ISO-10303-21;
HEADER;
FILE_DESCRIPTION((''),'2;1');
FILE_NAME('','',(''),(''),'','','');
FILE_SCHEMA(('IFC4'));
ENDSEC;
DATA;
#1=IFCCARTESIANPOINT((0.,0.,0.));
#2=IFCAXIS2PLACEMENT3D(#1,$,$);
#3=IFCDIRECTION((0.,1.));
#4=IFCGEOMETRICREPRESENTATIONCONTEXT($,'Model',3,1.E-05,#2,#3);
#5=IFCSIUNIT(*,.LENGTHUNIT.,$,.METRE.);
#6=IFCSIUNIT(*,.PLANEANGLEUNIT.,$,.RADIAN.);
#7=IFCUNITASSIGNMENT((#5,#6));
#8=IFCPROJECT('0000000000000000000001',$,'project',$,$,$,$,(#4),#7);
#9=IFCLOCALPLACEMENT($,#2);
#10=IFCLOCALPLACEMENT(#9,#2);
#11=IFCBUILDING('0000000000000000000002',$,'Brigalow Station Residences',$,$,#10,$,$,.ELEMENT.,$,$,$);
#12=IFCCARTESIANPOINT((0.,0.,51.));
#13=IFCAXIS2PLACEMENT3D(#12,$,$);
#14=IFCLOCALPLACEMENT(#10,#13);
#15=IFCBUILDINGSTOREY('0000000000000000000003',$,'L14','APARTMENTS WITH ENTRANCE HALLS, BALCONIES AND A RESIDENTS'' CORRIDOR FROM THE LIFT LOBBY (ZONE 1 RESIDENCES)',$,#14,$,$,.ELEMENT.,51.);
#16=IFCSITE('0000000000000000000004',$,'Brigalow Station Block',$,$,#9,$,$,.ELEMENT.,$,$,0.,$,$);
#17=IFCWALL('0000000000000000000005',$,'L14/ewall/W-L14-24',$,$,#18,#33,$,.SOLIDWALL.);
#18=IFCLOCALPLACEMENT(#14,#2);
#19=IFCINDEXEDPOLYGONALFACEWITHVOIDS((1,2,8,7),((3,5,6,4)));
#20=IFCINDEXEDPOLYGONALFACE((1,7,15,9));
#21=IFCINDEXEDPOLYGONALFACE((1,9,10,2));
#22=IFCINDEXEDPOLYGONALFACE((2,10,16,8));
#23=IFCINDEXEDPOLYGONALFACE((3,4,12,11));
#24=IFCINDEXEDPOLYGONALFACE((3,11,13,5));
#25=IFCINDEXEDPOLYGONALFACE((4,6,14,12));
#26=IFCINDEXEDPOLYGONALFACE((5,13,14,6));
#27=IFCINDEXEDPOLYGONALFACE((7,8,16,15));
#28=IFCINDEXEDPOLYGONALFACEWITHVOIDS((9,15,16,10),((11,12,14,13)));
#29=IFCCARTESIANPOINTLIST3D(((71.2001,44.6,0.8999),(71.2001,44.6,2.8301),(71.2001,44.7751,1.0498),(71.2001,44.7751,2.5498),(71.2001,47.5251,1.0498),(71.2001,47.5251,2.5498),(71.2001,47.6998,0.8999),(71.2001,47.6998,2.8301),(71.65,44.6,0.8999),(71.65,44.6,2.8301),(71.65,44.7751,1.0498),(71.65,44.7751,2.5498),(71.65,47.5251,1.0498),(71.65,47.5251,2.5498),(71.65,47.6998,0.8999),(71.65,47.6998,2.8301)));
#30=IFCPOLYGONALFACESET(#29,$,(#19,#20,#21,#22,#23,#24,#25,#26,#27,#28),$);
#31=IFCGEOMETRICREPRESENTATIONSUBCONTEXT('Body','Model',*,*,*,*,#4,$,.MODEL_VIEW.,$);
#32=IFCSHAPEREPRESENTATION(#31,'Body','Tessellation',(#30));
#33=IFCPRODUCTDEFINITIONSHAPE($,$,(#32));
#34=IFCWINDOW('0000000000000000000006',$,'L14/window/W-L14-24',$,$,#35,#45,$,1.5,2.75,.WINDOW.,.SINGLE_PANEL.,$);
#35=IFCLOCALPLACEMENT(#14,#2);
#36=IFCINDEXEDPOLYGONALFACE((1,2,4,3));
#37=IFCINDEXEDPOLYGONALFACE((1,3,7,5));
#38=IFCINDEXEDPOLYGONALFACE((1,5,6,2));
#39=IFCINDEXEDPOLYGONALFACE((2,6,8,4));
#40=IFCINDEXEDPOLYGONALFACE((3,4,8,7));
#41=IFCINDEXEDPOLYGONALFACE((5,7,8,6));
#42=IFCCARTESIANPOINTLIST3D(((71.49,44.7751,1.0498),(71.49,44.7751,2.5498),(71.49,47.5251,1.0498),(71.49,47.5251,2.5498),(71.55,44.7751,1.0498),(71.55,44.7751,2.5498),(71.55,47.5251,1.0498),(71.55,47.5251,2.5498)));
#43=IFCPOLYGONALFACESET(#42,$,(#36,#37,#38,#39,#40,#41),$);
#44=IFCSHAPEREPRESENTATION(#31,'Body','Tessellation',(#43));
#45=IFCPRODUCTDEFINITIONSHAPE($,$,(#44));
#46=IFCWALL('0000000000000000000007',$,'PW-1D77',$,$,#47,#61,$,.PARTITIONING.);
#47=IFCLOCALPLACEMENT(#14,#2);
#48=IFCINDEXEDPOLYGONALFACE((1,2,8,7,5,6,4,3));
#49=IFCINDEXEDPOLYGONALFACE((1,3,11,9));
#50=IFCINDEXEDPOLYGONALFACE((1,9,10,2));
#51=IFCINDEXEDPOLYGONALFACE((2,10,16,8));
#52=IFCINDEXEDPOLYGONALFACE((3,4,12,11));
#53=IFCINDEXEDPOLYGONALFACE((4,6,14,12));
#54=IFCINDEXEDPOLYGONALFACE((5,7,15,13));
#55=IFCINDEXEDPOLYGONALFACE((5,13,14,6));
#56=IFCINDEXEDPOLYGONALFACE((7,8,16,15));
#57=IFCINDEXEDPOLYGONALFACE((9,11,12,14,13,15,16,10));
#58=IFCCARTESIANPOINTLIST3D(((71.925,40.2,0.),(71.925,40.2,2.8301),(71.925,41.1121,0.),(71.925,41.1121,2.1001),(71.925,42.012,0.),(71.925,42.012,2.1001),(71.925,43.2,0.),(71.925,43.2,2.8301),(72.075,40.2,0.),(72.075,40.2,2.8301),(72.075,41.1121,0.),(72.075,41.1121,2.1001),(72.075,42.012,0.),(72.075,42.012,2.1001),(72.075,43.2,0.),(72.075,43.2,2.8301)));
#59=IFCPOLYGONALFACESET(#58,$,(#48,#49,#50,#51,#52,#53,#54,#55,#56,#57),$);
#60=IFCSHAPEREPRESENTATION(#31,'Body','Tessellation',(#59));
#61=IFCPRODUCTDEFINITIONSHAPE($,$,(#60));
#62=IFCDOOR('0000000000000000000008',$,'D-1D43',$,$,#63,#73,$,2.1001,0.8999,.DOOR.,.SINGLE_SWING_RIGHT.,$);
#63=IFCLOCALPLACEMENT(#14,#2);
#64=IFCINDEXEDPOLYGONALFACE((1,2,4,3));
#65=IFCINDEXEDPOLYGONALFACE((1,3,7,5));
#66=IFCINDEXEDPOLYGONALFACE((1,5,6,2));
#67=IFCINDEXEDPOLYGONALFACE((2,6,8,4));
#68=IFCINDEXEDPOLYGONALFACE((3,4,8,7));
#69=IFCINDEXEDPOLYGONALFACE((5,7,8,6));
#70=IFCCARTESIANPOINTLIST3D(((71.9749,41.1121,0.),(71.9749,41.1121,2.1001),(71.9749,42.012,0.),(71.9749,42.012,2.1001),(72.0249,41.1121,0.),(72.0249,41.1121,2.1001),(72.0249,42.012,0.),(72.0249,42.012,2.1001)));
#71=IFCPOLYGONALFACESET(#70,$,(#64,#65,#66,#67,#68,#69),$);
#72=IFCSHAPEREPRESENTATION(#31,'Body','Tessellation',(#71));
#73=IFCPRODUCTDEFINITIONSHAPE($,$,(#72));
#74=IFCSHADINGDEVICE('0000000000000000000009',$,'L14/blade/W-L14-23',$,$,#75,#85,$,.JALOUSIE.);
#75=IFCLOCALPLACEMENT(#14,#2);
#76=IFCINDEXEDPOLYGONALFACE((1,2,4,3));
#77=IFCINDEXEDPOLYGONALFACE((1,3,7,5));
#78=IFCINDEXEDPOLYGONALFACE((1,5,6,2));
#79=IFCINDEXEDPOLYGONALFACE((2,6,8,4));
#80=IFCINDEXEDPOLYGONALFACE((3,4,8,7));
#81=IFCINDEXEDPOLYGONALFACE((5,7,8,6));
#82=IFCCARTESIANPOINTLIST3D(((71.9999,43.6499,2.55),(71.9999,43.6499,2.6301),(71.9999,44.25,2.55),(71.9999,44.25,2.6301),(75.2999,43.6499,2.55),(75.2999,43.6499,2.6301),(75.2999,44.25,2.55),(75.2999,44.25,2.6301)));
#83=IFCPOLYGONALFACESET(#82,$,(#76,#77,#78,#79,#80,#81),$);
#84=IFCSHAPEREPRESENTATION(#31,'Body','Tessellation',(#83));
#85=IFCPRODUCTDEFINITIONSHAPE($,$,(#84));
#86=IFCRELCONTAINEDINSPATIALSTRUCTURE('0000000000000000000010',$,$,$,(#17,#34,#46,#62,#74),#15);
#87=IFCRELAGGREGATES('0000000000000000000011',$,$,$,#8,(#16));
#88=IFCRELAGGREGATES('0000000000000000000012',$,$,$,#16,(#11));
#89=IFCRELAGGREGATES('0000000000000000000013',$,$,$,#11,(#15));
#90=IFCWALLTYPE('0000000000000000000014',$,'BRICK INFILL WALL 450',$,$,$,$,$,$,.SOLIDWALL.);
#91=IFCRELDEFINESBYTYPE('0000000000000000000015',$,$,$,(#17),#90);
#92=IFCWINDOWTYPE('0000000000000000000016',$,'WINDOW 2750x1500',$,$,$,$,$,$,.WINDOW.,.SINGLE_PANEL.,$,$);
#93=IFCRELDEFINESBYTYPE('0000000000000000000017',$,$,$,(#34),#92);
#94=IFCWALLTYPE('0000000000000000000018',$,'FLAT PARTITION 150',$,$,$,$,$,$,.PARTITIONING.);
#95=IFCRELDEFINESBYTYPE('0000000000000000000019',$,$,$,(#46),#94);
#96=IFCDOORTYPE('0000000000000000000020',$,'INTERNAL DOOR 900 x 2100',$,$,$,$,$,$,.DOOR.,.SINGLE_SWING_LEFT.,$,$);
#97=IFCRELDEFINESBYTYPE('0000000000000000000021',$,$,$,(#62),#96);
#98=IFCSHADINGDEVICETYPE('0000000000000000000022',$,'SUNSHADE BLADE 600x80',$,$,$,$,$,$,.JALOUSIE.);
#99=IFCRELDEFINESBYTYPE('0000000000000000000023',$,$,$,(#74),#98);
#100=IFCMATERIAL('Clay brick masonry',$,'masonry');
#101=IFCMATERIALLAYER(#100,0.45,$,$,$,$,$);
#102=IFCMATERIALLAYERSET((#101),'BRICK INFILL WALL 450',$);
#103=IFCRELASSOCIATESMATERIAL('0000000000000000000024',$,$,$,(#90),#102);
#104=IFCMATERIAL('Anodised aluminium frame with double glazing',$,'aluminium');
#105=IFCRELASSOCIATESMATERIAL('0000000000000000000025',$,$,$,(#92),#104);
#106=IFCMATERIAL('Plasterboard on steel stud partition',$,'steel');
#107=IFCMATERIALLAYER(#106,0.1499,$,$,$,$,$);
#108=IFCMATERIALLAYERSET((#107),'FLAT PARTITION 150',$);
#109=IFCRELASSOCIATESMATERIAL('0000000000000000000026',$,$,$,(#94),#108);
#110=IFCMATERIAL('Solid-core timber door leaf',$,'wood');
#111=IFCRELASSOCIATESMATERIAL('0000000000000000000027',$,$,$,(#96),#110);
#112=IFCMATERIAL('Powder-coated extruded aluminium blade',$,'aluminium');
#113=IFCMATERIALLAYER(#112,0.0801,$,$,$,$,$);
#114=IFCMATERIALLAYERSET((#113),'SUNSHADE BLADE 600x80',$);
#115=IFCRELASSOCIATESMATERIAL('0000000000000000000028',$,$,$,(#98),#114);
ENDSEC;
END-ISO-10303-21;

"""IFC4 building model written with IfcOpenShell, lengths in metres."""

from ifc_helpers import new_model, si_unit, direction, frame, frame_2d, origin, origin_2d, place, context, subcontext, project, spatial, rectangle, extrude, material, layer, layer_set, type_object, element, fill, save


model = new_model("IFC4")

# Units and contexts
model_context = context("Model", 3, precision=1e-05, world=origin(), true_north=direction((0.0, 1.0)))
body_context = subcontext(model_context, "Body", "Model", "MODEL_VIEW")
ifc_project = project(units=[si_unit("LENGTHUNIT", "METRE"), si_unit("PLANEANGLEUNIT", "RADIAN")], contexts=[model_context])

# Site, building, storey
site_placement = place(None, origin())
site = spatial("IfcSite", under=ifc_project, at=site_placement, Name="Brigalow Station Block", CompositionType="ELEMENT", RefElevation=0.0)
building_placement = place(site_placement, origin())
building = spatial("IfcBuilding", under=site, at=building_placement, Name="Brigalow Station Residences", CompositionType="ELEMENT")
storey_placement = place(building_placement, frame((0.0, 0.0, 51.0)))
storey = spatial("IfcBuildingStorey", under=building, at=storey_placement, Name="L14", Description="APARTMENTS WITH ENTRANCE HALLS, BALCONIES AND A RESIDENTS' CORRIDOR FROM THE LIFT LOBBY (ZONE 1 RESIDENCES)", CompositionType="ELEMENT", Elevation=51.0)

# Wall, opening, window
ifc_material_1 = material(Name="Clay brick masonry", Category="masonry")
ifc_layer_1 = layer(ifc_material_1, 0.45)
ifc_layer_set_1 = layer_set([ifc_layer_1], Name="BRICK INFILL WALL 450")
wall_type_1 = type_object("IfcWallType", Name="BRICK INFILL WALL 450", PredefinedType="SOLIDWALL", material=ifc_layer_set_1)
wall_1_placement = place(storey_placement, frame((71.425, 44.6001, 0.8999), z_axis=(0.0, 0.0, 1.0), x_axis=(0.0, 1.0, 0.0)))
wall_1 = element("IfcWall", 1, at=wall_1_placement, inside=storey, type_object=wall_type_1, Name="L14/ewall/W-L14-24", PredefinedType="SOLIDWALL", context=body_context, shape_type="SweptSolid", body=[
    extrude(rectangle(XDim=3.0999, YDim=0.45, at=frame_2d((1.5498, 0.0))), origin(), (0.0, 0.0, 1.0), 1.9302),
])
opening_1_placement = place(wall_1_placement, frame((0.175, 0.0, 0.1499)))
opening_1 = element("IfcOpeningElement", 2, at=opening_1_placement, cuts=wall_1, PredefinedType="OPENING", context=body_context, shape_type="SweptSolid", body=[
    extrude(rectangle(XDim=2.75, YDim=1.5, at=frame_2d((1.375, 0.75))), frame((0.0, 0.2349, 0.0), z_axis=(0.0, -1.0, 0.0), x_axis=(1.0, 0.0, 0.0)), (0.0, 0.0, 1.0), 0.47),
])
ifc_material_2 = material(Name="Anodised aluminium frame with double glazing", Category="aluminium")
window_type_1 = type_object("IfcWindowType", Name="WINDOW 2750x1500", PartitioningType="SINGLE_PANEL", PredefinedType="WINDOW", material=ifc_material_2)
window_1_placement = place(opening_1_placement, origin())
window_1 = element("IfcWindow", 3, at=window_1_placement, inside=storey, type_object=window_type_1, Name="L14/window/W-L14-24", OverallHeight=1.5, OverallWidth=2.75, PartitioningType="SINGLE_PANEL", PredefinedType="WINDOW", context=body_context, shape_type="SweptSolid", body=[
    extrude(rectangle(XDim=2.75, YDim=1.5, at=frame_2d((1.375, 0.75))), frame((0.0, -0.0649, 0.0), z_axis=(0.0, -1.0, 0.0), x_axis=(1.0, 0.0, 0.0)), (0.0, 0.0, 1.0), 0.0601),
])
fill(opening_1, window_1)

# Wall, opening, door
ifc_material_3 = material(Name="Plasterboard on steel stud partition", Category="steel")
ifc_layer_2 = layer(ifc_material_3, 0.1499)
ifc_layer_set_2 = layer_set([ifc_layer_2], Name="FLAT PARTITION 150")
wall_type_2 = type_object("IfcWallType", Name="FLAT PARTITION 150", PredefinedType="PARTITIONING", material=ifc_layer_set_2)
wall_2_placement = place(storey_placement, frame((72.0, 40.2, 0.0), z_axis=(0.0, 0.0, 1.0), x_axis=(0.0, 1.0, 0.0)))
wall_2 = element("IfcWall", 4, at=wall_2_placement, inside=storey, type_object=wall_type_2, Name="PW-1D77", PredefinedType="PARTITIONING", context=body_context, shape_type="SweptSolid", body=[
    extrude(rectangle(XDim=3.0, YDim=0.1499, at=frame_2d((1.5, 0.0))), origin(), (0.0, 0.0, 1.0), 2.8301),
])
opening_2_placement = place(wall_2_placement, frame((0.9121, 0.0, 0.0)))
opening_2 = element("IfcOpeningElement", 5, at=opening_2_placement, cuts=wall_2, PredefinedType="OPENING", context=body_context, shape_type="SweptSolid", body=[
    extrude(rectangle(XDim=0.8999, YDim=2.1001, at=frame_2d((0.45, 1.05))), frame((0.0, 0.085, 0.0), z_axis=(0.0, -1.0, 0.0), x_axis=(1.0, 0.0, 0.0)), (0.0, 0.0, 1.0), 0.1699),
])
ifc_material_4 = material(Name="Solid-core timber door leaf", Category="wood")
door_type = type_object("IfcDoorType", Name="INTERNAL DOOR 900 x 2100", OperationType="SINGLE_SWING_LEFT", PredefinedType="DOOR", material=ifc_material_4)
door_placement = place(opening_2_placement, frame((0.8999, 0.0, 0.0), z_axis=(0.0, 0.0, 1.0), x_axis=(-1.0, 0.0, 0.0)))
door = element("IfcDoor", 6, at=door_placement, inside=storey, type_object=door_type, Name="D-1D43", OperationType="SINGLE_SWING_RIGHT", OverallHeight=2.1001, OverallWidth=0.8999, PredefinedType="DOOR", context=body_context, shape_type="SweptSolid", body=[
    extrude(rectangle(XDim=0.8999, YDim=2.1001, at=frame_2d((0.45, 1.05))), frame((0.0, 0.0249, 0.0), z_axis=(0.0, -1.0, 0.0), x_axis=(1.0, 0.0, 0.0)), (0.0, 0.0, 1.0), 0.05),
])
fill(opening_2, door)

# Shading device
ifc_material_5 = material(Name="Powder-coated extruded aluminium blade", Category="aluminium")
ifc_layer_3 = layer(ifc_material_5, 0.0801)
ifc_layer_set_3 = layer_set([ifc_layer_3], Name="SUNSHADE BLADE 600x80")
shading_device_type = type_object("IfcShadingDeviceType", Name="SUNSHADE BLADE 600x80", PredefinedType="JALOUSIE", material=ifc_layer_set_3)
shading_device_placement = place(storey_placement, frame((73.6499, 43.95, 2.55), z_axis=(0.0, 0.0, 1.0), x_axis=(-1.0, 0.0, 0.0)))
element("IfcShadingDevice", 7, at=shading_device_placement, inside=storey, type_object=shading_device_type, Name="L14/blade/W-L14-23", PredefinedType="JALOUSIE", context=body_context, shape_type="SweptSolid", body=[
    extrude(rectangle(XDim=3.3, YDim=0.6001, at=origin_2d()), origin(), (0.0, 0.0, 1.0), 0.0801),
])

save(model, "model.ifc")
